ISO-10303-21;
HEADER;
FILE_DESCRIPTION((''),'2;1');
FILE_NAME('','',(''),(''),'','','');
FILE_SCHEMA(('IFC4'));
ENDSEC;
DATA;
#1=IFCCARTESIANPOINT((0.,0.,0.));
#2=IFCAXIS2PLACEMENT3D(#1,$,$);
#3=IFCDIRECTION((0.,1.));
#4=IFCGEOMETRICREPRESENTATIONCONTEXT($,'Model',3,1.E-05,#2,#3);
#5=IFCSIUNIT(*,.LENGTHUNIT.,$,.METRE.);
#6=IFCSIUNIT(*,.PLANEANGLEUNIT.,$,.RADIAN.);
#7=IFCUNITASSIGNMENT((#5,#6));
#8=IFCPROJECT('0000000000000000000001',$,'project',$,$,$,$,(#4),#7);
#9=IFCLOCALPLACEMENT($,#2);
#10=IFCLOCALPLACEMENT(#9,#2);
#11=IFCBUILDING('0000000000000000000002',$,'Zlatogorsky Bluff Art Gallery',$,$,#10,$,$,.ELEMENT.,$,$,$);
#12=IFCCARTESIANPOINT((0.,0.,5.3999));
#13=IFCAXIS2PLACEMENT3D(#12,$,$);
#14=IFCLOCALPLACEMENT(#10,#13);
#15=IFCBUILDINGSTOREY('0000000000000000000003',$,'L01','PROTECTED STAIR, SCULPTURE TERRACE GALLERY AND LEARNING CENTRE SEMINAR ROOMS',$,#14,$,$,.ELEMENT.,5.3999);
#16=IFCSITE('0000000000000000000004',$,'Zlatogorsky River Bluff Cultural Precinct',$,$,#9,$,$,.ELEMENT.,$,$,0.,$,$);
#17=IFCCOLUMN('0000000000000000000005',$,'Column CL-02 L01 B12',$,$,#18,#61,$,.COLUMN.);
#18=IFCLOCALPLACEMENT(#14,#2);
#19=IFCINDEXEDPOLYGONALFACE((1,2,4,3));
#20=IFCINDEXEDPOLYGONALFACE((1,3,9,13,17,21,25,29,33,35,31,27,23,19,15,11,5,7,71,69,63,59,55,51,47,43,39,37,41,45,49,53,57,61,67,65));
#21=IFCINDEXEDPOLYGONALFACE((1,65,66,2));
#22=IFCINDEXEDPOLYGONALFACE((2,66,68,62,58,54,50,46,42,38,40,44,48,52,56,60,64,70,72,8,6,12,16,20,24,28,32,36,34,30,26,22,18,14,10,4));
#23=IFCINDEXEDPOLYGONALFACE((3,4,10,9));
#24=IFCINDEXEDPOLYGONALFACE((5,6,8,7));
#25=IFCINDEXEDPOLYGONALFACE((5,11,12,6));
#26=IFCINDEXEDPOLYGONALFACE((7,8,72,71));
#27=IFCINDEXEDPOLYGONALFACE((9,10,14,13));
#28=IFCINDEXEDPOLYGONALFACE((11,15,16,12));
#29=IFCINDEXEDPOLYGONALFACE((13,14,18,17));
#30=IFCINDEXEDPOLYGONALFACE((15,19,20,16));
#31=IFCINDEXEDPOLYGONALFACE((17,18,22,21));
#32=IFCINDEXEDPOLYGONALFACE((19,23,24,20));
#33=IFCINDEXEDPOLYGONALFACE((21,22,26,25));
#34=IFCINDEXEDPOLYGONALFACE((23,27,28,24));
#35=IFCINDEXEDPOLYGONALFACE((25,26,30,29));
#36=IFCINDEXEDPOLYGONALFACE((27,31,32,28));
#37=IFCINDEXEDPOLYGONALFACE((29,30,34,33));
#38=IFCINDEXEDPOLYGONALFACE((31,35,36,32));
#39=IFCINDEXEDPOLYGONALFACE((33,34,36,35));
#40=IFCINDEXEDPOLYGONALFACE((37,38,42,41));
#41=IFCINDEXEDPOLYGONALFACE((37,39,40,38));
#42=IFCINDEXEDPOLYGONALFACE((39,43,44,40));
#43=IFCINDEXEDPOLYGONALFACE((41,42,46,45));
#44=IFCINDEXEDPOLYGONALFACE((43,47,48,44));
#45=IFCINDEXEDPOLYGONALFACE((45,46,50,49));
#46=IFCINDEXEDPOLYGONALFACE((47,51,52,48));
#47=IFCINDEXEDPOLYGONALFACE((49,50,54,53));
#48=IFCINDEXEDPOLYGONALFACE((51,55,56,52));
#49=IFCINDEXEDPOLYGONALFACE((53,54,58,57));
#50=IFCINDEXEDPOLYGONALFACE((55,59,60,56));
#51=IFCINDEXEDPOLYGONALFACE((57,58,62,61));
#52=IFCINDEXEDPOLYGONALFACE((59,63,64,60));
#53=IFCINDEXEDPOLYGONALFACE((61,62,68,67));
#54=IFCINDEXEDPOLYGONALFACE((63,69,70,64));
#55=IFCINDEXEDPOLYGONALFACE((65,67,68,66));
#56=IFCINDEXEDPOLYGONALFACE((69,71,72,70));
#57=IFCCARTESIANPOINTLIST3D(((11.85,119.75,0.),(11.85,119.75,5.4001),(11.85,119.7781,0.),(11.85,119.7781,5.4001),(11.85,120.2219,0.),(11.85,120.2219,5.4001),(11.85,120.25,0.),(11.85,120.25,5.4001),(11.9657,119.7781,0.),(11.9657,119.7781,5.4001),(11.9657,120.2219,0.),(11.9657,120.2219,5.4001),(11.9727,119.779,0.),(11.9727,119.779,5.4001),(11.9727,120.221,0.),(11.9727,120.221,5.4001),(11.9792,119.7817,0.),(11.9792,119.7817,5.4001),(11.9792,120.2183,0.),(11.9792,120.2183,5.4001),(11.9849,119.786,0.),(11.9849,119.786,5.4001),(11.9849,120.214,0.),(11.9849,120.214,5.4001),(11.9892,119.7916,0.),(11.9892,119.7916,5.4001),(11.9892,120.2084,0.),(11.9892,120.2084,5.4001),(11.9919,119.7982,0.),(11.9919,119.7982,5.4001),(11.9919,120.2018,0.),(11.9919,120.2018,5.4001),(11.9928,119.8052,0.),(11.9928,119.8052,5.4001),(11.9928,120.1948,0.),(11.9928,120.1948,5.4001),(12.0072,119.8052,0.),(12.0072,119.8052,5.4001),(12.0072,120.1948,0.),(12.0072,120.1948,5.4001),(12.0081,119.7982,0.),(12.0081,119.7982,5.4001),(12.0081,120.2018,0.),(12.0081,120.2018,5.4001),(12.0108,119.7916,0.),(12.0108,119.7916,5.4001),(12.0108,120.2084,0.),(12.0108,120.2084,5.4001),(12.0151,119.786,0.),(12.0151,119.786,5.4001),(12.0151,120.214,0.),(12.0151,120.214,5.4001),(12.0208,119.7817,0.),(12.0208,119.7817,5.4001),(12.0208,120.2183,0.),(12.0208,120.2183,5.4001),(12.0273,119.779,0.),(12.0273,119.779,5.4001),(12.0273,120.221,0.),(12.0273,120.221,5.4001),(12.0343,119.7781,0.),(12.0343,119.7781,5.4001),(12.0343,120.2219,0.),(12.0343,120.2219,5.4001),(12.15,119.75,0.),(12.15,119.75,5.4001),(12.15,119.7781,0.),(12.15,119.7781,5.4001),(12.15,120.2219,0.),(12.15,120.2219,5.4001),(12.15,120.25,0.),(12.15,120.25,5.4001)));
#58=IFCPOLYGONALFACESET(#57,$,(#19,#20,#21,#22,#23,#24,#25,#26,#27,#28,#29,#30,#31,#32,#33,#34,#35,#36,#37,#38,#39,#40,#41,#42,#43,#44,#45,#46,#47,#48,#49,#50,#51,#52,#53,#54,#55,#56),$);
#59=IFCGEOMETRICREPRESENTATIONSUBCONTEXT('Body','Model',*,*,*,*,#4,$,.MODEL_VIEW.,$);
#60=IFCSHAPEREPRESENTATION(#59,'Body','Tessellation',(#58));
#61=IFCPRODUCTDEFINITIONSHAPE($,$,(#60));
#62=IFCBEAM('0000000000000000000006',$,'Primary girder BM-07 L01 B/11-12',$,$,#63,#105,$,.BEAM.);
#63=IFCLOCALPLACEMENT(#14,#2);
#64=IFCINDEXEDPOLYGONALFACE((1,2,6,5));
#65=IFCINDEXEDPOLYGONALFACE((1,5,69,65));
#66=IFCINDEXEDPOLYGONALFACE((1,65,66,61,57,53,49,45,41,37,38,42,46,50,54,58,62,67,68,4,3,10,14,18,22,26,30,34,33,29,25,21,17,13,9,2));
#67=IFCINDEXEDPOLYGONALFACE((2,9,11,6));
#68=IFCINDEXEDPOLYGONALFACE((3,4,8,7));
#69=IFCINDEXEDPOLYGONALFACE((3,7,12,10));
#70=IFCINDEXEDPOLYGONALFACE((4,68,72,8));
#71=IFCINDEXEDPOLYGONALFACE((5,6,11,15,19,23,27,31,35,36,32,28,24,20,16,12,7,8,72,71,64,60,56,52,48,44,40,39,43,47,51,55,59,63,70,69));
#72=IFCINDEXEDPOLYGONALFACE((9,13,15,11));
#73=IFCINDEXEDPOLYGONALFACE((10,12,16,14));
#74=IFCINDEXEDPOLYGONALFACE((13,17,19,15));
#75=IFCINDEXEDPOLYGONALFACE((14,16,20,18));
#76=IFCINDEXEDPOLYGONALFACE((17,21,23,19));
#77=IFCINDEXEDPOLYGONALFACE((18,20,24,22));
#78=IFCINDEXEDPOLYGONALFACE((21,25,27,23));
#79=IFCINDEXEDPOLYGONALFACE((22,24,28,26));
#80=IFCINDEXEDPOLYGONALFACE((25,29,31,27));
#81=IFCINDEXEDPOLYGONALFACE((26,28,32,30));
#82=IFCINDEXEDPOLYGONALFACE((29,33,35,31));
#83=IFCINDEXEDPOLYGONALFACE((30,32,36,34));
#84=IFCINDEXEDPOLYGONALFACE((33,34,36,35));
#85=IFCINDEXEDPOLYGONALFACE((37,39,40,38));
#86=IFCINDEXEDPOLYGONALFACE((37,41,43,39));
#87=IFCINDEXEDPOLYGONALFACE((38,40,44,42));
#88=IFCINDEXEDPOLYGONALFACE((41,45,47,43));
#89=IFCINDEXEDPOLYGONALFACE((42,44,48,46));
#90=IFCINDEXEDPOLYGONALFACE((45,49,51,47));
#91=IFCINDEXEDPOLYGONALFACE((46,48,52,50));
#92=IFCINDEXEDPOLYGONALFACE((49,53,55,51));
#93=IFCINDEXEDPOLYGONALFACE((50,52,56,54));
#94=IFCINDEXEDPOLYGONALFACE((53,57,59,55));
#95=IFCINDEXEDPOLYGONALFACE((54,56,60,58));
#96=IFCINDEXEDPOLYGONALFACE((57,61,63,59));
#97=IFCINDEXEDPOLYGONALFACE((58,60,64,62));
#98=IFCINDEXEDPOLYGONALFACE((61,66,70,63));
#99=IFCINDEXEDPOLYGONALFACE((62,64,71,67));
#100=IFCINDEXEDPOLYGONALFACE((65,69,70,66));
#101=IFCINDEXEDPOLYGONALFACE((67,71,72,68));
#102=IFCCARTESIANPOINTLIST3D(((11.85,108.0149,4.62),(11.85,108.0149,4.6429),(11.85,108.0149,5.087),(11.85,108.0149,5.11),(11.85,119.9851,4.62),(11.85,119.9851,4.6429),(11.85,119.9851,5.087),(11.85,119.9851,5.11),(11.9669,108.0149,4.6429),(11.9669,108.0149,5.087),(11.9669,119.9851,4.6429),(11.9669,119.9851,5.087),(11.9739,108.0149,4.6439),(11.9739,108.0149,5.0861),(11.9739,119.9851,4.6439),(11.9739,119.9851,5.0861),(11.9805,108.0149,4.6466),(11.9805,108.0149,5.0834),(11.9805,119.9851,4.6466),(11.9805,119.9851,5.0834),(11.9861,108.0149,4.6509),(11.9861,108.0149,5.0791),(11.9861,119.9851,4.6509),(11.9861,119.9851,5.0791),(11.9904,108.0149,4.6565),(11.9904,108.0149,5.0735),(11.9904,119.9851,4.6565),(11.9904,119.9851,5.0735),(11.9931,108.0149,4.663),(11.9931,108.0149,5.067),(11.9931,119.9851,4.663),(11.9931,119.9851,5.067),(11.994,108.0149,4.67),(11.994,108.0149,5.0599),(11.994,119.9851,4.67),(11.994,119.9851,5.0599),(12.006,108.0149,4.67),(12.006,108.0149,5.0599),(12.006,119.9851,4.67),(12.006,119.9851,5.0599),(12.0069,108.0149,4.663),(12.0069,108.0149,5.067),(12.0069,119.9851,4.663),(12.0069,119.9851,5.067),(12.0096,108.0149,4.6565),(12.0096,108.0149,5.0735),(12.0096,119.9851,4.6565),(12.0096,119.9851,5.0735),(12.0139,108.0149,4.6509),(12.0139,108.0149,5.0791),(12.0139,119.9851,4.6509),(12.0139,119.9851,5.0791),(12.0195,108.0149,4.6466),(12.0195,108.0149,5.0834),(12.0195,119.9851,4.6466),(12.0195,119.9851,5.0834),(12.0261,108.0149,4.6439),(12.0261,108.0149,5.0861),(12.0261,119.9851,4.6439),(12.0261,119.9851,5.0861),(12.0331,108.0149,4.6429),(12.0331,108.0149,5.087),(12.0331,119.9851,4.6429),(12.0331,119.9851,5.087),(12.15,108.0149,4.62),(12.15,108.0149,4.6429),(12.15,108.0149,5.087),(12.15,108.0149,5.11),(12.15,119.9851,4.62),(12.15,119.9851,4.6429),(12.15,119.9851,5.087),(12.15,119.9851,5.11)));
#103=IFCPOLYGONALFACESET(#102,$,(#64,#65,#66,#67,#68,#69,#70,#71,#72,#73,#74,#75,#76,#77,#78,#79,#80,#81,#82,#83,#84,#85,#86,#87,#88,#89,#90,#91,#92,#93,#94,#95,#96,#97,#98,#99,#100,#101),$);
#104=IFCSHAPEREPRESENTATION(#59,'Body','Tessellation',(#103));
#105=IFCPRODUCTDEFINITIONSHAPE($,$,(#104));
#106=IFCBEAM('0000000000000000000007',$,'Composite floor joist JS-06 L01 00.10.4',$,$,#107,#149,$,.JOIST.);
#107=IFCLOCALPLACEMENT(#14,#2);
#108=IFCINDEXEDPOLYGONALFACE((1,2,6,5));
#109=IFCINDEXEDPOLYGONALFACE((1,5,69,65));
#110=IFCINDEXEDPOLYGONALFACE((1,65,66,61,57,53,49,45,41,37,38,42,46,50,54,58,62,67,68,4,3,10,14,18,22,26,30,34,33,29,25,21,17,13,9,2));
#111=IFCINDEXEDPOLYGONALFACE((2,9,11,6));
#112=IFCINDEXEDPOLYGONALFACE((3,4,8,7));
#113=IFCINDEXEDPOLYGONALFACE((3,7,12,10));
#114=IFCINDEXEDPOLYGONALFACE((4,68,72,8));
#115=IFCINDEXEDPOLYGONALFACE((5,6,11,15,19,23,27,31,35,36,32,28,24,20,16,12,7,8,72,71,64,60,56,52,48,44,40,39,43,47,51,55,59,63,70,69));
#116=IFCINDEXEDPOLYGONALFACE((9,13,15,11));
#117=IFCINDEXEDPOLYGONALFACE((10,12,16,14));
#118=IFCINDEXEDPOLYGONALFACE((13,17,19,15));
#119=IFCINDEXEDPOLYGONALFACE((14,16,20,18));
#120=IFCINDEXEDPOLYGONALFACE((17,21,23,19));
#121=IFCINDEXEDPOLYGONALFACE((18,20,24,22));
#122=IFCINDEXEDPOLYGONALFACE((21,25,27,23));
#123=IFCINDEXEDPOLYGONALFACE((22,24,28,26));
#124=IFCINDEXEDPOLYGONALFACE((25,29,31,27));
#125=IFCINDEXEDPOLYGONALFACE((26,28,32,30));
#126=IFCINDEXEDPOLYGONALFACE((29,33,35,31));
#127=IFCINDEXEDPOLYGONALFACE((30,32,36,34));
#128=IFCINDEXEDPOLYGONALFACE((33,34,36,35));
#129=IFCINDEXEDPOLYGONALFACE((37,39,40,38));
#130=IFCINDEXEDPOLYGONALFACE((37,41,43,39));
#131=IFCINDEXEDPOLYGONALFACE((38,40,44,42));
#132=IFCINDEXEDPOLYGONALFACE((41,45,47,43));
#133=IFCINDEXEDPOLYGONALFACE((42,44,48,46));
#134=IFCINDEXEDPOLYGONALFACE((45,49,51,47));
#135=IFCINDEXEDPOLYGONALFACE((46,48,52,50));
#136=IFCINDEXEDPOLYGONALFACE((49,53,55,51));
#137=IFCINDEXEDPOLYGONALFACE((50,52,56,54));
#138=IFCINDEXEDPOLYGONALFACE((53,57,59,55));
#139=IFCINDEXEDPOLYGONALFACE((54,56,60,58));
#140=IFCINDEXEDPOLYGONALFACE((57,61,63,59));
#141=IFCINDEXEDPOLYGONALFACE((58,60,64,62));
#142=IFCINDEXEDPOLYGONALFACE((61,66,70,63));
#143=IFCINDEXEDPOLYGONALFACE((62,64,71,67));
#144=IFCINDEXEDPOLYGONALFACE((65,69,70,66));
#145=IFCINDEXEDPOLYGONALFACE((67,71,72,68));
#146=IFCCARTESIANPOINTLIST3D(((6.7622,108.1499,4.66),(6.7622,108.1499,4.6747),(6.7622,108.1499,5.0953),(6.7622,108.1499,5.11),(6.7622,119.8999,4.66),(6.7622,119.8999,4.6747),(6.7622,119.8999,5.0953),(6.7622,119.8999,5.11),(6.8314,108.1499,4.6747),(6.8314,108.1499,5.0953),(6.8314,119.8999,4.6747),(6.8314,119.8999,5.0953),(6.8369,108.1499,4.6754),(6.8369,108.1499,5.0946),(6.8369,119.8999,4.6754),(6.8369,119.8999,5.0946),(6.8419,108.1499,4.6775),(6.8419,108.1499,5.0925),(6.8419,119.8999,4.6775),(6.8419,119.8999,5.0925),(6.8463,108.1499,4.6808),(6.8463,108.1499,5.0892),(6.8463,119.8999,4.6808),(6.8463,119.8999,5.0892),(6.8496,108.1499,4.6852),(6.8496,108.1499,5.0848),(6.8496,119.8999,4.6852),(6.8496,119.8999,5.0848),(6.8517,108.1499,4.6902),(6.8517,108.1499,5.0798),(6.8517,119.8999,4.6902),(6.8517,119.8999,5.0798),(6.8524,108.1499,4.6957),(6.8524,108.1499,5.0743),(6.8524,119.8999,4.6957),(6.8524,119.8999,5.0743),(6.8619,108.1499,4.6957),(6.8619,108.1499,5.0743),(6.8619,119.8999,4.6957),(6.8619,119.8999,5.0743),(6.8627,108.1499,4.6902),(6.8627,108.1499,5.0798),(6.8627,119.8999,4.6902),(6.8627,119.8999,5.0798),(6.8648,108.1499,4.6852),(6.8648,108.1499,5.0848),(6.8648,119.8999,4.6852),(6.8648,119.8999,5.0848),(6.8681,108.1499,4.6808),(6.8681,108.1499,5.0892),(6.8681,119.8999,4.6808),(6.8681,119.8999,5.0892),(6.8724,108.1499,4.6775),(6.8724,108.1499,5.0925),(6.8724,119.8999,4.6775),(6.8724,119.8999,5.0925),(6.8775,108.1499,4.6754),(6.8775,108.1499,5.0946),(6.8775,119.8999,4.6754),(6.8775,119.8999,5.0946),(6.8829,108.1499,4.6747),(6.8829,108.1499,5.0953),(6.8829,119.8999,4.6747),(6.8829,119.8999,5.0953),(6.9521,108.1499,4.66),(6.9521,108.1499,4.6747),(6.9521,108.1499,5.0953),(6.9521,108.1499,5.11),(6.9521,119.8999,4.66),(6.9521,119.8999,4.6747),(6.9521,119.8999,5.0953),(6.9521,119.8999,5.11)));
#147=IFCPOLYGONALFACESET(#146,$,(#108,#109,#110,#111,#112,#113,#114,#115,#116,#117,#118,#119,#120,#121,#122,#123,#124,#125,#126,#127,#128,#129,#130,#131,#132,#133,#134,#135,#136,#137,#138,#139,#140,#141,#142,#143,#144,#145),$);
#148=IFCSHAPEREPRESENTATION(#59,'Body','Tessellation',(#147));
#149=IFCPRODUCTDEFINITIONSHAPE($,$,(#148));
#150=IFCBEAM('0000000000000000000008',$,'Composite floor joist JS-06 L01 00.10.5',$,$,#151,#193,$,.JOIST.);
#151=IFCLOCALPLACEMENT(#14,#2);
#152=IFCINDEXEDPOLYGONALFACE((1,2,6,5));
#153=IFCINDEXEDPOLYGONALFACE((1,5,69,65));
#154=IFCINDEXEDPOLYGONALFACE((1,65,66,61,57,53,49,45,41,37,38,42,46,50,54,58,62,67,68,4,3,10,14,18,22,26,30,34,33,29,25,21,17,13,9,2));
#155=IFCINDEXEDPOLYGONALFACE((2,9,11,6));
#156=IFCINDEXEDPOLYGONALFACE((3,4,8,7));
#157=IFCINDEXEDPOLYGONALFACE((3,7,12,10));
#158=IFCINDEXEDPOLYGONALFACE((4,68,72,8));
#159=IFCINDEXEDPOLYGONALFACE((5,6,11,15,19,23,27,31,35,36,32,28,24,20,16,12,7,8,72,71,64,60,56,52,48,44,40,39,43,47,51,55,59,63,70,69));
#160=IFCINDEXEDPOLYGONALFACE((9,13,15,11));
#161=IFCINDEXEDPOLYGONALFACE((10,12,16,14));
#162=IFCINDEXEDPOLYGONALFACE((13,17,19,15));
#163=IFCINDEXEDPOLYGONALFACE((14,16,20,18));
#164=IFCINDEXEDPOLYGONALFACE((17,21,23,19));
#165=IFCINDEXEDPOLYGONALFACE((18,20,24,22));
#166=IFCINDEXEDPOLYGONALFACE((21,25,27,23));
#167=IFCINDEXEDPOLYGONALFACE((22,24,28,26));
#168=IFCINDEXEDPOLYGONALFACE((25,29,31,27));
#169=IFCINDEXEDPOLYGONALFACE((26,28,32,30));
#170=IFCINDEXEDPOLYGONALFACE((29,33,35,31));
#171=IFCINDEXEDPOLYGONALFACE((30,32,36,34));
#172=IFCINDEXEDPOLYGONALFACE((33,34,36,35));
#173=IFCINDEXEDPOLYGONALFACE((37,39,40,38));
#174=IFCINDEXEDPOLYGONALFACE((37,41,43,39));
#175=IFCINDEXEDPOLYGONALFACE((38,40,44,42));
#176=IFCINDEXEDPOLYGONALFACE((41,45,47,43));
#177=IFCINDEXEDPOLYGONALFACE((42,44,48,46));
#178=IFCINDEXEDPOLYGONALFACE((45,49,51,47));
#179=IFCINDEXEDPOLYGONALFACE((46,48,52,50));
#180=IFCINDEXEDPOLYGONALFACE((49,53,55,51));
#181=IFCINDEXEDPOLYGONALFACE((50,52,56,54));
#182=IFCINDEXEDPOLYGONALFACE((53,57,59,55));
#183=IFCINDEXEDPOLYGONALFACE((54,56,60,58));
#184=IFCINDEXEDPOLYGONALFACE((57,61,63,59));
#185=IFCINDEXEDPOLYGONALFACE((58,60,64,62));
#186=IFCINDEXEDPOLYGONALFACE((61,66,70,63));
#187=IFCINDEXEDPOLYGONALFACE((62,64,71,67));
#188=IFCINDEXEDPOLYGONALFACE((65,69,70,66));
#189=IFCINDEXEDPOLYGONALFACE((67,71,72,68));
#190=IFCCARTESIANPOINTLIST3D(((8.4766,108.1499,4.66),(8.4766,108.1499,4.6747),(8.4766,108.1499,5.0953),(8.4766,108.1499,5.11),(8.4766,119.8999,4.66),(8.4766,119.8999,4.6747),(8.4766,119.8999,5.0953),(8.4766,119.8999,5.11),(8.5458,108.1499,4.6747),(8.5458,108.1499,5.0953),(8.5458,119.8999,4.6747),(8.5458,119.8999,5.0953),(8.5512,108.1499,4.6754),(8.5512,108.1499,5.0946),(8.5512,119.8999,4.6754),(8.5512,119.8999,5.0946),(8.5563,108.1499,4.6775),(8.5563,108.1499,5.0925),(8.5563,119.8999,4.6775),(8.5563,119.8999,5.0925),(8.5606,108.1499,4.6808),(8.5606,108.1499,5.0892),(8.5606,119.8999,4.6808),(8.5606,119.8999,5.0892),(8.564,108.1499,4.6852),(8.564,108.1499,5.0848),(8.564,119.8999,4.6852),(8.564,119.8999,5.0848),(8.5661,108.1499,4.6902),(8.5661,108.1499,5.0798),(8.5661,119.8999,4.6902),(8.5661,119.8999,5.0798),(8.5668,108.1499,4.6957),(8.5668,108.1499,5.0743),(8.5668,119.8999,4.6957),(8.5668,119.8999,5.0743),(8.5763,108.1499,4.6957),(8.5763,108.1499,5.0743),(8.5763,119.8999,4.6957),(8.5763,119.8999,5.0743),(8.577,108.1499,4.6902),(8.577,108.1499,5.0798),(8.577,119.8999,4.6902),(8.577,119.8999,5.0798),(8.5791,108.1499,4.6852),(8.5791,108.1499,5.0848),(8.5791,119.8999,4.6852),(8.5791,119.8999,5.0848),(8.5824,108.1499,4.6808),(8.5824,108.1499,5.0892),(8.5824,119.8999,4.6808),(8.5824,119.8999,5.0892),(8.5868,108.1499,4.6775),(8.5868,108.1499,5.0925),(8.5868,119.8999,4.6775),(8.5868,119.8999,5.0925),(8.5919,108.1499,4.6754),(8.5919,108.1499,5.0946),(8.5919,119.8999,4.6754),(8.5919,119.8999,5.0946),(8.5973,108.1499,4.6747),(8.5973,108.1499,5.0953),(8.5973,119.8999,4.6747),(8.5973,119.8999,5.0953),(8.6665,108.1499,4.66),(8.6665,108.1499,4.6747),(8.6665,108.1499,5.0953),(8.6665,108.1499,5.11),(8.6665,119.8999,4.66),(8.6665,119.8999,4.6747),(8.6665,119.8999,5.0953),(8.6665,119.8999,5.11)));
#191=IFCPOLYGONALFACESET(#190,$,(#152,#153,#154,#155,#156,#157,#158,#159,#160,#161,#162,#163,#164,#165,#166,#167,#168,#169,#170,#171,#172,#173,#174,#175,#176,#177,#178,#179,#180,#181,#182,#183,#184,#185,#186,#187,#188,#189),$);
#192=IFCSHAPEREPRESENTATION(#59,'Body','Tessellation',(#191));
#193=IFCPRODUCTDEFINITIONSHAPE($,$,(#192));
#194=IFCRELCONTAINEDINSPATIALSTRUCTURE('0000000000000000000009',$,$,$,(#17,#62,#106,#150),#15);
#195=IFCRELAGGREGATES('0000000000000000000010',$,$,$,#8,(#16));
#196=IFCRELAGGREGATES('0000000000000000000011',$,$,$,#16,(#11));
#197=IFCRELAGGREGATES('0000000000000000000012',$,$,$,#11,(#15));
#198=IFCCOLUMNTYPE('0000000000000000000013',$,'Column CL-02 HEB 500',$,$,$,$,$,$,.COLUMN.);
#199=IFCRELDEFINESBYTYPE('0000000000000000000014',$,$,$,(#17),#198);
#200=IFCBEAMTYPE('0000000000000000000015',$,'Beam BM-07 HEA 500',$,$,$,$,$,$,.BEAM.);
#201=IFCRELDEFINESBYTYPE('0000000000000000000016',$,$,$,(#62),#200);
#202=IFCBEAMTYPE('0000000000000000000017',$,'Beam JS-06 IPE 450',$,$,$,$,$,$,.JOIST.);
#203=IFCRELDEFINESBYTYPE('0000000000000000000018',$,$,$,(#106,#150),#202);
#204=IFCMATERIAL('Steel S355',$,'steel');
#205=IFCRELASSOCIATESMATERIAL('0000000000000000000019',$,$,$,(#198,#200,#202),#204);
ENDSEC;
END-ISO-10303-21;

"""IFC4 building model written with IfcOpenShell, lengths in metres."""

from ifc_helpers import new_model, si_unit, direction, frame, origin, origin_2d, place, context, subcontext, project, spatial, i_section, extrude, material, material_profile, profile_set, type_object, element, save


model = new_model("IFC4")

# Units and contexts
model_context = context("Model", 3, precision=1e-05, world=origin(), true_north=direction((0.0, 1.0)))
body_context = subcontext(model_context, "Body", "Model", "MODEL_VIEW")
ifc_project = project(units=[si_unit("LENGTHUNIT", "METRE"), si_unit("PLANEANGLEUNIT", "RADIAN")], contexts=[model_context])

# Site, building, storey
site_placement = place(None, origin())
site = spatial("IfcSite", under=ifc_project, at=site_placement, Name="Zlatogorsky River Bluff Cultural Precinct", CompositionType="ELEMENT", RefElevation=0.0)
building_placement = place(site_placement, origin())
building = spatial("IfcBuilding", under=site, at=building_placement, Name="Zlatogorsky Bluff Art Gallery", CompositionType="ELEMENT")
storey_placement = place(building_placement, frame((0.0, 0.0, 5.3999)))
storey = spatial("IfcBuildingStorey", under=building, at=storey_placement, Name="L01", Description="PROTECTED STAIR, SCULPTURE TERRACE GALLERY AND LEARNING CENTRE SEMINAR ROOMS", CompositionType="ELEMENT", Elevation=5.3999)

# Column
ifc_material_1 = material(Name="Steel S355", Category="steel")
ifc_material_profile_1 = material_profile(ifc_material_1, i_section(OverallWidth=0.3, OverallDepth=0.5, WebThickness=0.0144, FlangeThickness=0.0281, FilletRadius=0.0271, at=origin_2d()), Name="HEB 500")
ifc_profile_set_1 = profile_set([ifc_material_profile_1], Name="Steel S355")
column_type = type_object("IfcColumnType", Name="Column CL-02 HEB 500", PredefinedType="COLUMN", material=ifc_profile_set_1)
column_placement = place(storey_placement, frame((12.0, 120.0, 0.0), z_axis=(0.0, 0.0, 1.0), x_axis=(1.0, 0.0, 0.0)))
element("IfcColumn", 1, at=column_placement, inside=storey, type_object=column_type, Name="Column CL-02 L01 B12", PredefinedType="COLUMN", context=body_context, shape_type="SweptSolid", body=[
    extrude(i_section(OverallWidth=0.3, OverallDepth=0.5, WebThickness=0.0144, FlangeThickness=0.0281, FilletRadius=0.0271, at=origin_2d()), origin(), (0.0, 0.0, 1.0), 5.4001),
])

# Beams
ifc_material_profile_2 = material_profile(ifc_material_1, i_section(OverallWidth=0.3, OverallDepth=0.49, WebThickness=0.012, FlangeThickness=0.0229, FilletRadius=0.0271, at=origin_2d()), Name="HEA 500")
ifc_profile_set_2 = profile_set([ifc_material_profile_2], Name="Steel S355")
beam_type_1 = type_object("IfcBeamType", Name="Beam BM-07 HEA 500", PredefinedType="BEAM", material=ifc_profile_set_2)
beam_1_placement = place(storey_placement, frame((12.0, 108.0149, 4.865), z_axis=(0.0, 1.0, 0.0), x_axis=(-1.0, 0.0, 0.0)))
element("IfcBeam", 2, at=beam_1_placement, inside=storey, type_object=beam_type_1, Name="Primary girder BM-07 L01 B/11-12", PredefinedType="BEAM", context=body_context, shape_type="SweptSolid", body=[
    extrude(i_section(OverallWidth=0.3, OverallDepth=0.49, WebThickness=0.012, FlangeThickness=0.0229, FilletRadius=0.0271, at=origin_2d()), origin(), (0.0, 0.0, 1.0), 11.9702),
])
ifc_material_profile_3 = material_profile(ifc_material_1, i_section(OverallWidth=0.1899, OverallDepth=0.45, WebThickness=0.0095, FlangeThickness=0.0146, FilletRadius=0.021, at=origin_2d()), Name="IPE 450")
ifc_profile_set_3 = profile_set([ifc_material_profile_3], Name="Steel S355")
beam_type_2 = type_object("IfcBeamType", Name="Beam JS-06 IPE 450", PredefinedType="JOIST", material=ifc_profile_set_3)
for number, where, z_axis, x_axis, name in (
    (3, (6.8572, 108.1499, 4.885), (0.0, 1.0, 0.0), (-1.0, 0.0, 0.0), "Composite floor joist JS-06 L01 00.10.4"),
    (4, (8.5715, 108.1499, 4.885), (0.0, 1.0, 0.0), (-1.0, 0.0, 0.0), "Composite floor joist JS-06 L01 00.10.5"),
):
    element("IfcBeam", number, at=place(storey_placement, frame(where, z_axis=z_axis, x_axis=x_axis)), inside=storey, type_object=beam_type_2, Name=name, PredefinedType="JOIST", context=body_context, shape_type="SweptSolid", body=[
        extrude(i_section(OverallWidth=0.1899, OverallDepth=0.45, WebThickness=0.0095, FlangeThickness=0.0146, FilletRadius=0.021, at=origin_2d()), origin(), (0.0, 0.0, 1.0), 11.75),
    ])

save(model, "model.ifc")
